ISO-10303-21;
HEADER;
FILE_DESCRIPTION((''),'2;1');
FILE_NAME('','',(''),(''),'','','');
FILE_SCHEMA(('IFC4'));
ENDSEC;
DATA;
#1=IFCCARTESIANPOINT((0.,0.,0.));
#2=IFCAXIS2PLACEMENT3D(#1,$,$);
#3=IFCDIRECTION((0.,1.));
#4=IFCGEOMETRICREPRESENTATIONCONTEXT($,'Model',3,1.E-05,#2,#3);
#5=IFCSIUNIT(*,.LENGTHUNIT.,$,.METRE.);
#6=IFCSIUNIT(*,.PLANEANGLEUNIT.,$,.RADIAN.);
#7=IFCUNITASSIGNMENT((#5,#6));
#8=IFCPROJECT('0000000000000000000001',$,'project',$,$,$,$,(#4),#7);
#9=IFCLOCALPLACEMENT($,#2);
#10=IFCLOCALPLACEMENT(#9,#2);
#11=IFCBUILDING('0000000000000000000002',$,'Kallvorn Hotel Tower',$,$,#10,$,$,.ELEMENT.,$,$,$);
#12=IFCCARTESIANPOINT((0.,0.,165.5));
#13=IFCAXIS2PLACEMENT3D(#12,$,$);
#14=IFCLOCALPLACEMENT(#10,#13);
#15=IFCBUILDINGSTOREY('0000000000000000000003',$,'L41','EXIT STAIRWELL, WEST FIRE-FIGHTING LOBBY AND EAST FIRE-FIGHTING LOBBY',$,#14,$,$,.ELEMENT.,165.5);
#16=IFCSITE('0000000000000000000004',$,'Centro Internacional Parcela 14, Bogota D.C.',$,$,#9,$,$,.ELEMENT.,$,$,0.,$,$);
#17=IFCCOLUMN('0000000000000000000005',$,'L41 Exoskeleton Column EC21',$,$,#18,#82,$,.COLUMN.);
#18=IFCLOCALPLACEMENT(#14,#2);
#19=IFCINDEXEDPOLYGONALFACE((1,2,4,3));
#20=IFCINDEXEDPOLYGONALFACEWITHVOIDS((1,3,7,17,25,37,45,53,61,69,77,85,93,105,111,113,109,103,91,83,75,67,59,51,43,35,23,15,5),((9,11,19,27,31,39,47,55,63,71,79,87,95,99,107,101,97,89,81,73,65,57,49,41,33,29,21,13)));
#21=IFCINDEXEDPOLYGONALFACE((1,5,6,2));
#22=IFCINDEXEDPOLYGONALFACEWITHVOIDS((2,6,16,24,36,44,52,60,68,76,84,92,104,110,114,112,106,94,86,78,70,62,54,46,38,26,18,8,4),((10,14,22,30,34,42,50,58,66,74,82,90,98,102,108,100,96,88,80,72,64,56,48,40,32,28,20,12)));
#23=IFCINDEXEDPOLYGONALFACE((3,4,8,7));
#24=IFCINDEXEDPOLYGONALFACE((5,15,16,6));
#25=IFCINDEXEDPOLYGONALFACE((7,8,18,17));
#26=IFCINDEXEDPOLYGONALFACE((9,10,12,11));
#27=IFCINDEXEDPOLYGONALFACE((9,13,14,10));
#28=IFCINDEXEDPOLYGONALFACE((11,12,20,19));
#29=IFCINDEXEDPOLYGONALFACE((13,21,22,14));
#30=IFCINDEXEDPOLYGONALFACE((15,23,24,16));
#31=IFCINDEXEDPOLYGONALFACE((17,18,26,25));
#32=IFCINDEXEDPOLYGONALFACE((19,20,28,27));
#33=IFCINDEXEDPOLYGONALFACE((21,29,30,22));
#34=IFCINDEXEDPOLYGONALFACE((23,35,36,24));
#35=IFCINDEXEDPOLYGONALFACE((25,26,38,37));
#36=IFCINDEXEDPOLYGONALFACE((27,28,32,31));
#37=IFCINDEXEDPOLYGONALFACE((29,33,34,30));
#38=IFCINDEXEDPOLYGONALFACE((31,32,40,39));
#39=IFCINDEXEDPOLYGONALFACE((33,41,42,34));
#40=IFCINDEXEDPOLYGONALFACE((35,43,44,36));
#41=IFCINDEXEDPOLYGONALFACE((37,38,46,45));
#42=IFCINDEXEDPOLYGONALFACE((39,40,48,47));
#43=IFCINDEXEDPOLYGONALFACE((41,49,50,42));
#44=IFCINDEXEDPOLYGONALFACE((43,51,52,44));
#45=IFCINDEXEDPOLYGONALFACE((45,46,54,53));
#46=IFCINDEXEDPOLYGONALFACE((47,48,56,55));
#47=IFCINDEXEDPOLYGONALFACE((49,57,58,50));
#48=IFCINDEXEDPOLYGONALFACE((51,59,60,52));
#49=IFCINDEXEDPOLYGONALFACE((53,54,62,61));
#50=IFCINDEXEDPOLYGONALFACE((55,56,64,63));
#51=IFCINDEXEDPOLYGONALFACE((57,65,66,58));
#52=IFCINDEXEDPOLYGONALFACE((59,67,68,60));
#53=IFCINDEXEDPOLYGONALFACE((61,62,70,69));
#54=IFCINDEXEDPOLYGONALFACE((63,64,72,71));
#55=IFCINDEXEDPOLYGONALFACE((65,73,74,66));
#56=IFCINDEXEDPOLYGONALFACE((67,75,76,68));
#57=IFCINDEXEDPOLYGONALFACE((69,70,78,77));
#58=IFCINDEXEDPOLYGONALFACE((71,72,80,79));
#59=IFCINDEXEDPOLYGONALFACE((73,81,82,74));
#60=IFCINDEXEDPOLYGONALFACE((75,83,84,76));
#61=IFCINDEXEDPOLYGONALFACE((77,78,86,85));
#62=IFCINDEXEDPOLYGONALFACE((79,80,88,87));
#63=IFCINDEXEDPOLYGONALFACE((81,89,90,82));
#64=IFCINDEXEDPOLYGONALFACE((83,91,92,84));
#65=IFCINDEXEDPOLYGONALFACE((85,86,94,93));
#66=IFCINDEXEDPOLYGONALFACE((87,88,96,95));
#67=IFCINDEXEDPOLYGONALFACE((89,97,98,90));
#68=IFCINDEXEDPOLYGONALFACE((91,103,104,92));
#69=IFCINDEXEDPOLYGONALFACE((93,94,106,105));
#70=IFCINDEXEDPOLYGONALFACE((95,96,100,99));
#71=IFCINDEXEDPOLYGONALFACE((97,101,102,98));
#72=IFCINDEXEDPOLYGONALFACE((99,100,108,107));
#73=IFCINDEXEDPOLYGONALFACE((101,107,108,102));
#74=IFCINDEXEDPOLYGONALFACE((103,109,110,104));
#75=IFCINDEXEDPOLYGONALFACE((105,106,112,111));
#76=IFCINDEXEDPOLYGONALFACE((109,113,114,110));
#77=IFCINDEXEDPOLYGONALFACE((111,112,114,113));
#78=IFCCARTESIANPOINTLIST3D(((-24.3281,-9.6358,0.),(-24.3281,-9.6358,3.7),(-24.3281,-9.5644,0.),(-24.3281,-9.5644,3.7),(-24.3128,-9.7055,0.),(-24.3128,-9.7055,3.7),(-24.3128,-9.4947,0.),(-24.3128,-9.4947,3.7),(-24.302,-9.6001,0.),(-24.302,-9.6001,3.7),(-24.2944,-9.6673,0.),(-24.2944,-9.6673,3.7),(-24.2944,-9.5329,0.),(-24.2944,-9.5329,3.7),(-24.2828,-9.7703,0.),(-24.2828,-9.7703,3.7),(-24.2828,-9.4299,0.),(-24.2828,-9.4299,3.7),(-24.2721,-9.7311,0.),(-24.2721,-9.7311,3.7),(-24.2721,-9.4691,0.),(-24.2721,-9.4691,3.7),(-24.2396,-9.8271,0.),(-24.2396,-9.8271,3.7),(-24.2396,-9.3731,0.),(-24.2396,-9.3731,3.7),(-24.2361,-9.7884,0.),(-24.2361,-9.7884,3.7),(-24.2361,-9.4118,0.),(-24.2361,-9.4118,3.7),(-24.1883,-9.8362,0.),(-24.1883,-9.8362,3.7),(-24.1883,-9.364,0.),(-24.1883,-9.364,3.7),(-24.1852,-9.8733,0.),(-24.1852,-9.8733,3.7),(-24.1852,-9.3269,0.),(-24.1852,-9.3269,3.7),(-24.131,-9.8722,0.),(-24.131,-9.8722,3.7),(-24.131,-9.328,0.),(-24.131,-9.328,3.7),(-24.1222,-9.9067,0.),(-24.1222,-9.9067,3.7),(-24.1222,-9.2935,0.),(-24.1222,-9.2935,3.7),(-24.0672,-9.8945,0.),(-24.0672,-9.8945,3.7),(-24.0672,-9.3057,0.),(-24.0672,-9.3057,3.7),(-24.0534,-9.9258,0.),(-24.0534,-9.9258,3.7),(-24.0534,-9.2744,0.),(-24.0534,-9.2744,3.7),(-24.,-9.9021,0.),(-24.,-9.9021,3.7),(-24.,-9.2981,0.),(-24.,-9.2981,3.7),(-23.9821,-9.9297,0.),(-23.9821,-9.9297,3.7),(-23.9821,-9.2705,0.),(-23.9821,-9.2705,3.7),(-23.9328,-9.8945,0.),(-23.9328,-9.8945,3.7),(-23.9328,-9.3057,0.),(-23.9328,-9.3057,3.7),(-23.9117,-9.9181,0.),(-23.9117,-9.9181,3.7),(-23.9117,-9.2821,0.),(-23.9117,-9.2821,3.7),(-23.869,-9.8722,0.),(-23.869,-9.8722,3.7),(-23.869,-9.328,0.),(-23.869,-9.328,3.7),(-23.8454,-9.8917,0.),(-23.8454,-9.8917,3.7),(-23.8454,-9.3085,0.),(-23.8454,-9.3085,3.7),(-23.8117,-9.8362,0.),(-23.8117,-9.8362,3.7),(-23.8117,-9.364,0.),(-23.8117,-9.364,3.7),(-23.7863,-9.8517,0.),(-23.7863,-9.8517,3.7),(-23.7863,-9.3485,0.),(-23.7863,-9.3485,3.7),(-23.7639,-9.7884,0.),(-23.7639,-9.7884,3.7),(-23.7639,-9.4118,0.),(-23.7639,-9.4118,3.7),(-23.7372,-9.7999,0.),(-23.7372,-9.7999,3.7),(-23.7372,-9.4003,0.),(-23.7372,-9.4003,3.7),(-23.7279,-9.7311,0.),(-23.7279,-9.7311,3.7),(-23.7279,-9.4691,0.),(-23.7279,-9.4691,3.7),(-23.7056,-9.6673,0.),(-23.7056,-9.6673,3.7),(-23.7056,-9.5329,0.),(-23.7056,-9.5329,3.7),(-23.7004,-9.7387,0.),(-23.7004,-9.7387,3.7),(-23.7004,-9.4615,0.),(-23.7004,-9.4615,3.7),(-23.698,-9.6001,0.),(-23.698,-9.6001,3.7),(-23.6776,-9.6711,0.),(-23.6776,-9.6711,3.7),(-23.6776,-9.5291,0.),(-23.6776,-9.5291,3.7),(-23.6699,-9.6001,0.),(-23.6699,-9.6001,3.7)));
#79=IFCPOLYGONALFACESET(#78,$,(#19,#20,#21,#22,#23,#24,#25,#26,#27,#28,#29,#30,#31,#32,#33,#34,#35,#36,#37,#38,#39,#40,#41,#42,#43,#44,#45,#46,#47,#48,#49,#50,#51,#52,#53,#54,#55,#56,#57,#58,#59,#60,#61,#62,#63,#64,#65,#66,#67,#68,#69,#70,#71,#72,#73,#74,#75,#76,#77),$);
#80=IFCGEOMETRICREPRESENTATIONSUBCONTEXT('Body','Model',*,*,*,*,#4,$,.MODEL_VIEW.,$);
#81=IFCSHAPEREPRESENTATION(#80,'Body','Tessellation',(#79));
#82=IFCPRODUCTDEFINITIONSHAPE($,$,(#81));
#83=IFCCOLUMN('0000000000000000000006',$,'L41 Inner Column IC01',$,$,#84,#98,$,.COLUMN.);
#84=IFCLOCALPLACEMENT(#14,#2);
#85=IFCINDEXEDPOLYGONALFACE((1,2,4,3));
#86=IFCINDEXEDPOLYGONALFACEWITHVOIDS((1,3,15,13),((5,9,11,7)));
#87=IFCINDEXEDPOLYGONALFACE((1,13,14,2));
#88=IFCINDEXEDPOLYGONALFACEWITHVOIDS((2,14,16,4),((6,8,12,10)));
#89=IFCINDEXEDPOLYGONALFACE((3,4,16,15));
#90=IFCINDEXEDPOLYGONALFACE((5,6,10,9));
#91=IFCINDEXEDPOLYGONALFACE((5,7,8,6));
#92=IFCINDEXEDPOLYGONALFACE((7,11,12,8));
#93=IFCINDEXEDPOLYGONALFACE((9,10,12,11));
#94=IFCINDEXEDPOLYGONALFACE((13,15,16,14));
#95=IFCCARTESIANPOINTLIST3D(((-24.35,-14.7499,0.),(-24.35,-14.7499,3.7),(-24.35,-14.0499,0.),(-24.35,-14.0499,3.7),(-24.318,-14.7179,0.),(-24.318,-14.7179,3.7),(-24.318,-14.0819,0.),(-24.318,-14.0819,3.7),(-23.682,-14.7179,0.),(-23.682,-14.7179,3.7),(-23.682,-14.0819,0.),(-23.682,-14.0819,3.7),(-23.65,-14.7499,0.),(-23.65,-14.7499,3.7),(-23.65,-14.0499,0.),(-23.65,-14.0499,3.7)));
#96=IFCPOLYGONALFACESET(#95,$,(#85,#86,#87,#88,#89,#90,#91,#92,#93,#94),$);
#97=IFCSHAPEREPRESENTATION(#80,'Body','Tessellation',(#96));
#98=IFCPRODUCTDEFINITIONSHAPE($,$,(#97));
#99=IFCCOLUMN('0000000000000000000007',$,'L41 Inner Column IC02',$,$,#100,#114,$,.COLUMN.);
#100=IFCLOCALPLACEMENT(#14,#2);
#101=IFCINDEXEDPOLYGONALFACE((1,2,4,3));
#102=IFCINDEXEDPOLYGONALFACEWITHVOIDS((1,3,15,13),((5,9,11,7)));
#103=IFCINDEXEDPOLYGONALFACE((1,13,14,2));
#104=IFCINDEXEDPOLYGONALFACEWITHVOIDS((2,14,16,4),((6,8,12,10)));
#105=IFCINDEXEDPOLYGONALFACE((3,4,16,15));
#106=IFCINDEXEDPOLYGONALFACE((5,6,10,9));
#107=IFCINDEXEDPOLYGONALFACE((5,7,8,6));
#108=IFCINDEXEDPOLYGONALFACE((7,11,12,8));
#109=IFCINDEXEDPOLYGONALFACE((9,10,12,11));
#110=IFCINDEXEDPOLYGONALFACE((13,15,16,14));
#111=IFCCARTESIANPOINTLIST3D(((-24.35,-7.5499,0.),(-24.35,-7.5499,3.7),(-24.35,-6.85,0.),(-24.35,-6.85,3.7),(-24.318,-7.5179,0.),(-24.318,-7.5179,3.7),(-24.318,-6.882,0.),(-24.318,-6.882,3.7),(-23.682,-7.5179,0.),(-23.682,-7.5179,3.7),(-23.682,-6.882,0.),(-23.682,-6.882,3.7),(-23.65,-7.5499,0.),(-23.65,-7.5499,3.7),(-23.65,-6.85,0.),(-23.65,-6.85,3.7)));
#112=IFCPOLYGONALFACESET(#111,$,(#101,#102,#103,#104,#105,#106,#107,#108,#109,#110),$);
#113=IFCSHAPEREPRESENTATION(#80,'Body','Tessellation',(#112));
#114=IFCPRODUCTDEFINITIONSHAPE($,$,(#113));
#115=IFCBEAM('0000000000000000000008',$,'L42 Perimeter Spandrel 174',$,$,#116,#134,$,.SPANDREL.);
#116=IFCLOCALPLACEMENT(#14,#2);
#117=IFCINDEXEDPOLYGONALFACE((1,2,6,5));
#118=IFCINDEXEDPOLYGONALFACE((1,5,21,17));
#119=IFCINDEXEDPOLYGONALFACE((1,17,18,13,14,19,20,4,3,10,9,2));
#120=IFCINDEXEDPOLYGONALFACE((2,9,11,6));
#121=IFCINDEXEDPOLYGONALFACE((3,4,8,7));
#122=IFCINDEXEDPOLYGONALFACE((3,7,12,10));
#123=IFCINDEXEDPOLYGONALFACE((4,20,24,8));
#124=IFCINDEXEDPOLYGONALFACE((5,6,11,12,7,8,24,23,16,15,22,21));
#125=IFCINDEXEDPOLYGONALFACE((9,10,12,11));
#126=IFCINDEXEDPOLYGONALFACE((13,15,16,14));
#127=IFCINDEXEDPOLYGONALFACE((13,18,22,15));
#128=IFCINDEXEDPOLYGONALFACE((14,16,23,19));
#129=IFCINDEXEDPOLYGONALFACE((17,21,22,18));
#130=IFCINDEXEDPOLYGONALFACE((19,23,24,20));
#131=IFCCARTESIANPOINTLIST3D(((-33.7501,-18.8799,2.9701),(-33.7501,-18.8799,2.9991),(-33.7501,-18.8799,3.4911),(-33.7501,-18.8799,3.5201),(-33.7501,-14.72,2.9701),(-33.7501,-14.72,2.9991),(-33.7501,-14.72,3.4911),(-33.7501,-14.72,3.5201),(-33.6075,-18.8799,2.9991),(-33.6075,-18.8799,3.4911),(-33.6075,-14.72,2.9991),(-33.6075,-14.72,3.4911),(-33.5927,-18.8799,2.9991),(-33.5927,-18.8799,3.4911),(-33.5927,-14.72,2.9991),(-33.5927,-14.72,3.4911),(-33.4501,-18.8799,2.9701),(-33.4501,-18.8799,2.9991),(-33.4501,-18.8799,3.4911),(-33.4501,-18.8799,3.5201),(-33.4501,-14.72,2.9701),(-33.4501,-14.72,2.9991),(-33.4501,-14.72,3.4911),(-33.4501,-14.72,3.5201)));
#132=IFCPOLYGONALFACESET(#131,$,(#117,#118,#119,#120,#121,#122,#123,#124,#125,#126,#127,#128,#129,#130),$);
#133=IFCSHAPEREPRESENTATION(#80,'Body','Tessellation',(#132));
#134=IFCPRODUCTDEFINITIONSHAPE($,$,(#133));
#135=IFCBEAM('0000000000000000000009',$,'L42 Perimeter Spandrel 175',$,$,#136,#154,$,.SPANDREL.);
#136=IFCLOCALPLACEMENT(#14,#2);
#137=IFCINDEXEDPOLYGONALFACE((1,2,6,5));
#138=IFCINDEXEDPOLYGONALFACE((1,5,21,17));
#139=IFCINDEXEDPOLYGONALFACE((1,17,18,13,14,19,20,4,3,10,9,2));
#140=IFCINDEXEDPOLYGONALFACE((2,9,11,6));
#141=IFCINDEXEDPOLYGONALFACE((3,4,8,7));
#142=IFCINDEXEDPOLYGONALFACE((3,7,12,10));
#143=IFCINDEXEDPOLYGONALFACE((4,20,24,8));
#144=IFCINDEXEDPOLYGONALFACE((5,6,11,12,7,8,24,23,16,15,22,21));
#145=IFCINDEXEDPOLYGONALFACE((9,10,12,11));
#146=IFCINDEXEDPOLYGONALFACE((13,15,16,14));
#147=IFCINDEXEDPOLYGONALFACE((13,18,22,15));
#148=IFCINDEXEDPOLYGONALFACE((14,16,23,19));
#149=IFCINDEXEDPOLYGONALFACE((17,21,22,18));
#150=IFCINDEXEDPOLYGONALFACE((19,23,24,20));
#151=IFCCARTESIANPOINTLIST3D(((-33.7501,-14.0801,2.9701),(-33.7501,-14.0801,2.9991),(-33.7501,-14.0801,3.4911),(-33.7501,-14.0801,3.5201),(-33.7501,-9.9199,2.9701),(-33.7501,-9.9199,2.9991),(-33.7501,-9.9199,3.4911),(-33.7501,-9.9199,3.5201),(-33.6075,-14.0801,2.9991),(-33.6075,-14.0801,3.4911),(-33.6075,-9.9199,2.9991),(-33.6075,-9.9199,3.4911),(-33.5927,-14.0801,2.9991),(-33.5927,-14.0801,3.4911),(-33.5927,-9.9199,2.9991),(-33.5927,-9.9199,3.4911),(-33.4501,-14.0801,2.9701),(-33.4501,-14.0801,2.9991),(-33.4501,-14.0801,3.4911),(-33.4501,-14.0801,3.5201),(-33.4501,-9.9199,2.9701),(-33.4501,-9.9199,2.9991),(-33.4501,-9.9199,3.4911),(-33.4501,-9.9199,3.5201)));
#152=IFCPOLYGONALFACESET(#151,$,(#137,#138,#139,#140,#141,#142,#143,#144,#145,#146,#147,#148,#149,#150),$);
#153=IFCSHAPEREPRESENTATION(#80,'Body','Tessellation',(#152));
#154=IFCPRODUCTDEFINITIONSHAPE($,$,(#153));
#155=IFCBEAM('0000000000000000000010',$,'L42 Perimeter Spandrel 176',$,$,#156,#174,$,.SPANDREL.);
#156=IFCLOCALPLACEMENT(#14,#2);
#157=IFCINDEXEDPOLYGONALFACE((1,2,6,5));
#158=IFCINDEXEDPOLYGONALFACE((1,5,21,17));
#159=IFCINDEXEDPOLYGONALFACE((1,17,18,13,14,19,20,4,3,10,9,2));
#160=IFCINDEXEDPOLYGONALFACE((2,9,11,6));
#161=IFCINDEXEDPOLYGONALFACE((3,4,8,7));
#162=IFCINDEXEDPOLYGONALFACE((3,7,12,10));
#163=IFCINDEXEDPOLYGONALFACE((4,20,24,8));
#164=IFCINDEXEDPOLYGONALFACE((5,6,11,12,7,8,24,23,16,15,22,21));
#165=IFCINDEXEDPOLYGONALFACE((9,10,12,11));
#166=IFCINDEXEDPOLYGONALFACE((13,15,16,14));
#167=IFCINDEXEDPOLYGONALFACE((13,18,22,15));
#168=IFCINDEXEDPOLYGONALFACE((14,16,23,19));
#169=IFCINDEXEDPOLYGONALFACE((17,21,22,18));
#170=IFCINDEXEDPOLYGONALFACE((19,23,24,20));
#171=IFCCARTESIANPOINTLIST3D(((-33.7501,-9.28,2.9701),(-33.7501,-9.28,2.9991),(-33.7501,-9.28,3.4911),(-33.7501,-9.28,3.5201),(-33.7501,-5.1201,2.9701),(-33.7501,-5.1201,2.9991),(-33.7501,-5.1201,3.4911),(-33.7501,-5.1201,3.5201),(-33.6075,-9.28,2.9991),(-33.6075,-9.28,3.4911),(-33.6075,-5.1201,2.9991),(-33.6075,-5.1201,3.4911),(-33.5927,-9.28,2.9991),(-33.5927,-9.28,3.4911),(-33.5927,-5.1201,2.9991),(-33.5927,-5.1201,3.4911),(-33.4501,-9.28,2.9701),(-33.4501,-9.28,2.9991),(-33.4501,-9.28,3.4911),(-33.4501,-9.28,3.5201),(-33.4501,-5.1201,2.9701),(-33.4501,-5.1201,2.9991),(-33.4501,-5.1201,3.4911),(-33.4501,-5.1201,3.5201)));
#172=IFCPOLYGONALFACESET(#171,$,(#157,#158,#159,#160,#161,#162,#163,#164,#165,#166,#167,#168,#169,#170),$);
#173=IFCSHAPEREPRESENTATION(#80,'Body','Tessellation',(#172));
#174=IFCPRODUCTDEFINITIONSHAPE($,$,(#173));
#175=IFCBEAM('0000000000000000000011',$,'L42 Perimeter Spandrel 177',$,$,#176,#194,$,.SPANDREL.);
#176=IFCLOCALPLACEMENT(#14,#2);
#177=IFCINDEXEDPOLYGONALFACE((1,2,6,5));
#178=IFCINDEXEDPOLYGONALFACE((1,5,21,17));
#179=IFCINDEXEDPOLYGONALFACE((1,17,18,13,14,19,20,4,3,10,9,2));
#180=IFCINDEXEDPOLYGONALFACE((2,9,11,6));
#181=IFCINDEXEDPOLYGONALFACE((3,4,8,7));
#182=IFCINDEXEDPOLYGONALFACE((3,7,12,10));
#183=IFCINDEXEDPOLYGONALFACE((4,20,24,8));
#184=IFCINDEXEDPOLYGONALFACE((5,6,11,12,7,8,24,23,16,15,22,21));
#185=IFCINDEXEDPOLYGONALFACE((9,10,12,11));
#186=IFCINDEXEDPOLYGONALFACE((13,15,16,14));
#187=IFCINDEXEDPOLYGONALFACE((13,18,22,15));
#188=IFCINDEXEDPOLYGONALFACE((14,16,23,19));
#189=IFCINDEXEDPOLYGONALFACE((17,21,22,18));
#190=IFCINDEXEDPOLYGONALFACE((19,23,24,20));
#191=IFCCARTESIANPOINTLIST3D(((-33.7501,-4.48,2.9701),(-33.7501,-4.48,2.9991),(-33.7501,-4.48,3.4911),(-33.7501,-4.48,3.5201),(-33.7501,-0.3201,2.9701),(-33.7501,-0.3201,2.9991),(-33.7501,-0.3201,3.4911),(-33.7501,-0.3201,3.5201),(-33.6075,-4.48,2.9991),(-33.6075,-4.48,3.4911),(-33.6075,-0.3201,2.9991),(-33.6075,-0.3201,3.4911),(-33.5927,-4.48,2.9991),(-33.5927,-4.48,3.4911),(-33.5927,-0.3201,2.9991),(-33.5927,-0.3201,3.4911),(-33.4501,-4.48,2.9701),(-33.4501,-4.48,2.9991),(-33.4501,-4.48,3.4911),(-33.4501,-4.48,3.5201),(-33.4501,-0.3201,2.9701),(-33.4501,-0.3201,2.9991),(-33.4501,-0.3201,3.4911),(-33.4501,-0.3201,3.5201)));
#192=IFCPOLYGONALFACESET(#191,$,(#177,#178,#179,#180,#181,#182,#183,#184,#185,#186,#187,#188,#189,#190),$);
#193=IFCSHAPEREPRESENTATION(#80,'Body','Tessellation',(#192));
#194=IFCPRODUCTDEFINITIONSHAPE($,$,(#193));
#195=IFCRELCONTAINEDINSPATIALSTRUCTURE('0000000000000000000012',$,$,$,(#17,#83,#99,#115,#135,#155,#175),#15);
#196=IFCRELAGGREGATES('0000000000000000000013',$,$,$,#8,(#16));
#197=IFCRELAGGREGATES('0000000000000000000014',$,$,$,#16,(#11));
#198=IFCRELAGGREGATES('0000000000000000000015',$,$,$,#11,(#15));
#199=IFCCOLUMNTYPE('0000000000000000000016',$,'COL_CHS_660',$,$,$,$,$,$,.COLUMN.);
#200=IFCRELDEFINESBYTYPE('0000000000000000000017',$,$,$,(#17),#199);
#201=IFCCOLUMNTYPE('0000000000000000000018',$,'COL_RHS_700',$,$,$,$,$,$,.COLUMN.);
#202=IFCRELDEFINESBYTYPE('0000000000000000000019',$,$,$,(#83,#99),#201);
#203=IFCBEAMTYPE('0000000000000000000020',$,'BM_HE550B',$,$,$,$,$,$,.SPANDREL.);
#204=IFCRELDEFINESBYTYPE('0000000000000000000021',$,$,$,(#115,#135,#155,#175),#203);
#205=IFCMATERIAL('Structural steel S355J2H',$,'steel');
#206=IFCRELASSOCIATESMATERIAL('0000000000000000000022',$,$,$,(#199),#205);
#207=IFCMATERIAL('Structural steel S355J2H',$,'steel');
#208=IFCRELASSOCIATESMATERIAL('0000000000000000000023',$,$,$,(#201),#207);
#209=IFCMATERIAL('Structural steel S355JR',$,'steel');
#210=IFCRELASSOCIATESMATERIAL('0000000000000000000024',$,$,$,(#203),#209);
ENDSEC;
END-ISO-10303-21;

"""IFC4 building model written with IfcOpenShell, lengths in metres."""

from ifc_helpers import new_model, si_unit, direction, frame, origin, origin_2d, place, context, subcontext, project, spatial, hollow_rectangle, hollow_circle, i_section, extrude, material, material_profile, profile_set, type_object, element, save


model = new_model("IFC4")

# Units and contexts
model_context = context("Model", 3, precision=1e-05, world=origin(), true_north=direction((0.0, 1.0)))
body_context = subcontext(model_context, "Body", "Model", "MODEL_VIEW")
ifc_project = project(units=[si_unit("LENGTHUNIT", "METRE"), si_unit("PLANEANGLEUNIT", "RADIAN")], contexts=[model_context])

# Site, building, storey
site_placement = place(None, origin())
site = spatial("IfcSite", under=ifc_project, at=site_placement, Name="Centro Internacional Parcela 14, Bogota D.C.", CompositionType="ELEMENT", RefElevation=0.0)
building_placement = place(site_placement, origin())
building = spatial("IfcBuilding", under=site, at=building_placement, Name="Kallvorn Hotel Tower", CompositionType="ELEMENT")
storey_placement = place(building_placement, frame((0.0, 0.0, 165.5)))
storey = spatial("IfcBuildingStorey", under=building, at=storey_placement, Name="L41", Description="EXIT STAIRWELL, WEST FIRE-FIGHTING LOBBY AND EAST FIRE-FIGHTING LOBBY", CompositionType="ELEMENT", Elevation=165.5)

# Columns
ifc_material_1 = material(Name="Structural steel S355J2H", Category="steel")
ifc_material_profile_1 = material_profile(ifc_material_1, hollow_circle(Radius=0.3301, WallThickness=0.0281, at=origin_2d()), Name="CHS 660x28")
ifc_profile_set_1 = profile_set([ifc_material_profile_1], Name="Structural steel S355J2H")
column_type_1 = type_object("IfcColumnType", Name="COL_CHS_660", PredefinedType="COLUMN", material=ifc_profile_set_1)
for number, where, z_axis, x_axis, name in (
    (1, (-24.0, -9.6001, 0.0), (0.0, 0.0, 1.0), (1.0, 0.0, 0.0), "L41 Exoskeleton Column EC21"),
):
    element("IfcColumn", number, at=place(storey_placement, frame(where, z_axis=z_axis, x_axis=x_axis)), inside=storey, type_object=column_type_1, Name=name, PredefinedType="COLUMN", context=body_context, shape_type="SweptSolid", body=[
        extrude(hollow_circle(Radius=0.3301, WallThickness=0.0281, at=origin_2d()), origin(), (0.0, 0.0, 1.0), 3.7),
    ])
ifc_material_2 = material(Name="Structural steel S355J2H", Category="steel")
ifc_material_profile_2 = material_profile(ifc_material_2, hollow_rectangle(XDim=0.7, YDim=0.7, WallThickness=0.032, at=origin_2d()), Name="RHS 700x700x32")
ifc_profile_set_2 = profile_set([ifc_material_profile_2], Name="Structural steel S355J2H")
column_type_2 = type_object("IfcColumnType", Name="COL_RHS_700", PredefinedType="COLUMN", material=ifc_profile_set_2)
for number, where, z_axis, x_axis, name in (
    (2, (-24.0, -14.3999, 0.0), (0.0, 0.0, 1.0), (1.0, 0.0, 0.0), "L41 Inner Column IC01"),
    (3, (-24.0, -7.2, 0.0), (0.0, 0.0, 1.0), (1.0, 0.0, 0.0), "L41 Inner Column IC02"),
):
    element("IfcColumn", number, at=place(storey_placement, frame(where, z_axis=z_axis, x_axis=x_axis)), inside=storey, type_object=column_type_2, Name=name, PredefinedType="COLUMN", context=body_context, shape_type="SweptSolid", body=[
        extrude(hollow_rectangle(XDim=0.7, YDim=0.7, WallThickness=0.032, at=origin_2d()), origin(), (0.0, 0.0, 1.0), 3.7),
    ])

# Beams
ifc_material_3 = material(Name="Structural steel S355JR", Category="steel")
ifc_material_profile_3 = material_profile(ifc_material_3, i_section(OverallWidth=0.3, OverallDepth=0.55, WebThickness=0.0149, FlangeThickness=0.0291, at=origin_2d()), Name="HE 550 B")
ifc_profile_set_3 = profile_set([ifc_material_profile_3], Name="Structural steel S355JR")
beam_type_1 = type_object("IfcBeamType", Name="BM_HE550B", PredefinedType="SPANDREL", material=ifc_profile_set_3)
beam_1_placement = place(storey_placement, frame((-33.6001, -18.8799, 3.2451), z_axis=(0.0, 1.0, 0.0), x_axis=(-1.0, 0.0, 0.0)))
element("IfcBeam", 4, at=beam_1_placement, inside=storey, type_object=beam_type_1, Name="L42 Perimeter Spandrel 174", PredefinedType="SPANDREL", context=body_context, shape_type="SweptSolid", body=[
    extrude(i_section(OverallWidth=0.3, OverallDepth=0.55, WebThickness=0.0149, FlangeThickness=0.0291, at=origin_2d()), origin(), (0.0, 0.0, 1.0), 4.1599),
])
beam_2_placement = place(storey_placement, frame((-33.6001, -14.0801, 3.2451), z_axis=(0.0, 1.0, 0.0), x_axis=(-1.0, 0.0, 0.0)))
element("IfcBeam", 5, at=beam_2_placement, inside=storey, type_object=beam_type_1, Name="L42 Perimeter Spandrel 175", PredefinedType="SPANDREL", context=body_context, shape_type="SweptSolid", body=[
    extrude(i_section(OverallWidth=0.3, OverallDepth=0.55, WebThickness=0.0149, FlangeThickness=0.0291, at=origin_2d()), origin(), (0.0, 0.0, 1.0), 4.1602),
])
for number, where, z_axis, x_axis, name in (
    (6, (-33.6001, -9.28, 3.2451), (0.0, 1.0, 0.0), (-1.0, 0.0, 0.0), "L42 Perimeter Spandrel 176"),
    (7, (-33.6001, -4.48, 3.2451), (0.0, 1.0, 0.0), (-1.0, 0.0, 0.0), "L42 Perimeter Spandrel 177"),
):
    element("IfcBeam", number, at=place(storey_placement, frame(where, z_axis=z_axis, x_axis=x_axis)), inside=storey, type_object=beam_type_1, Name=name, PredefinedType="SPANDREL", context=body_context, shape_type="SweptSolid", body=[
        extrude(i_section(OverallWidth=0.3, OverallDepth=0.55, WebThickness=0.0149, FlangeThickness=0.0291, at=origin_2d()), origin(), (0.0, 0.0, 1.0), 4.1599),
    ])

save(model, "model.ifc")
